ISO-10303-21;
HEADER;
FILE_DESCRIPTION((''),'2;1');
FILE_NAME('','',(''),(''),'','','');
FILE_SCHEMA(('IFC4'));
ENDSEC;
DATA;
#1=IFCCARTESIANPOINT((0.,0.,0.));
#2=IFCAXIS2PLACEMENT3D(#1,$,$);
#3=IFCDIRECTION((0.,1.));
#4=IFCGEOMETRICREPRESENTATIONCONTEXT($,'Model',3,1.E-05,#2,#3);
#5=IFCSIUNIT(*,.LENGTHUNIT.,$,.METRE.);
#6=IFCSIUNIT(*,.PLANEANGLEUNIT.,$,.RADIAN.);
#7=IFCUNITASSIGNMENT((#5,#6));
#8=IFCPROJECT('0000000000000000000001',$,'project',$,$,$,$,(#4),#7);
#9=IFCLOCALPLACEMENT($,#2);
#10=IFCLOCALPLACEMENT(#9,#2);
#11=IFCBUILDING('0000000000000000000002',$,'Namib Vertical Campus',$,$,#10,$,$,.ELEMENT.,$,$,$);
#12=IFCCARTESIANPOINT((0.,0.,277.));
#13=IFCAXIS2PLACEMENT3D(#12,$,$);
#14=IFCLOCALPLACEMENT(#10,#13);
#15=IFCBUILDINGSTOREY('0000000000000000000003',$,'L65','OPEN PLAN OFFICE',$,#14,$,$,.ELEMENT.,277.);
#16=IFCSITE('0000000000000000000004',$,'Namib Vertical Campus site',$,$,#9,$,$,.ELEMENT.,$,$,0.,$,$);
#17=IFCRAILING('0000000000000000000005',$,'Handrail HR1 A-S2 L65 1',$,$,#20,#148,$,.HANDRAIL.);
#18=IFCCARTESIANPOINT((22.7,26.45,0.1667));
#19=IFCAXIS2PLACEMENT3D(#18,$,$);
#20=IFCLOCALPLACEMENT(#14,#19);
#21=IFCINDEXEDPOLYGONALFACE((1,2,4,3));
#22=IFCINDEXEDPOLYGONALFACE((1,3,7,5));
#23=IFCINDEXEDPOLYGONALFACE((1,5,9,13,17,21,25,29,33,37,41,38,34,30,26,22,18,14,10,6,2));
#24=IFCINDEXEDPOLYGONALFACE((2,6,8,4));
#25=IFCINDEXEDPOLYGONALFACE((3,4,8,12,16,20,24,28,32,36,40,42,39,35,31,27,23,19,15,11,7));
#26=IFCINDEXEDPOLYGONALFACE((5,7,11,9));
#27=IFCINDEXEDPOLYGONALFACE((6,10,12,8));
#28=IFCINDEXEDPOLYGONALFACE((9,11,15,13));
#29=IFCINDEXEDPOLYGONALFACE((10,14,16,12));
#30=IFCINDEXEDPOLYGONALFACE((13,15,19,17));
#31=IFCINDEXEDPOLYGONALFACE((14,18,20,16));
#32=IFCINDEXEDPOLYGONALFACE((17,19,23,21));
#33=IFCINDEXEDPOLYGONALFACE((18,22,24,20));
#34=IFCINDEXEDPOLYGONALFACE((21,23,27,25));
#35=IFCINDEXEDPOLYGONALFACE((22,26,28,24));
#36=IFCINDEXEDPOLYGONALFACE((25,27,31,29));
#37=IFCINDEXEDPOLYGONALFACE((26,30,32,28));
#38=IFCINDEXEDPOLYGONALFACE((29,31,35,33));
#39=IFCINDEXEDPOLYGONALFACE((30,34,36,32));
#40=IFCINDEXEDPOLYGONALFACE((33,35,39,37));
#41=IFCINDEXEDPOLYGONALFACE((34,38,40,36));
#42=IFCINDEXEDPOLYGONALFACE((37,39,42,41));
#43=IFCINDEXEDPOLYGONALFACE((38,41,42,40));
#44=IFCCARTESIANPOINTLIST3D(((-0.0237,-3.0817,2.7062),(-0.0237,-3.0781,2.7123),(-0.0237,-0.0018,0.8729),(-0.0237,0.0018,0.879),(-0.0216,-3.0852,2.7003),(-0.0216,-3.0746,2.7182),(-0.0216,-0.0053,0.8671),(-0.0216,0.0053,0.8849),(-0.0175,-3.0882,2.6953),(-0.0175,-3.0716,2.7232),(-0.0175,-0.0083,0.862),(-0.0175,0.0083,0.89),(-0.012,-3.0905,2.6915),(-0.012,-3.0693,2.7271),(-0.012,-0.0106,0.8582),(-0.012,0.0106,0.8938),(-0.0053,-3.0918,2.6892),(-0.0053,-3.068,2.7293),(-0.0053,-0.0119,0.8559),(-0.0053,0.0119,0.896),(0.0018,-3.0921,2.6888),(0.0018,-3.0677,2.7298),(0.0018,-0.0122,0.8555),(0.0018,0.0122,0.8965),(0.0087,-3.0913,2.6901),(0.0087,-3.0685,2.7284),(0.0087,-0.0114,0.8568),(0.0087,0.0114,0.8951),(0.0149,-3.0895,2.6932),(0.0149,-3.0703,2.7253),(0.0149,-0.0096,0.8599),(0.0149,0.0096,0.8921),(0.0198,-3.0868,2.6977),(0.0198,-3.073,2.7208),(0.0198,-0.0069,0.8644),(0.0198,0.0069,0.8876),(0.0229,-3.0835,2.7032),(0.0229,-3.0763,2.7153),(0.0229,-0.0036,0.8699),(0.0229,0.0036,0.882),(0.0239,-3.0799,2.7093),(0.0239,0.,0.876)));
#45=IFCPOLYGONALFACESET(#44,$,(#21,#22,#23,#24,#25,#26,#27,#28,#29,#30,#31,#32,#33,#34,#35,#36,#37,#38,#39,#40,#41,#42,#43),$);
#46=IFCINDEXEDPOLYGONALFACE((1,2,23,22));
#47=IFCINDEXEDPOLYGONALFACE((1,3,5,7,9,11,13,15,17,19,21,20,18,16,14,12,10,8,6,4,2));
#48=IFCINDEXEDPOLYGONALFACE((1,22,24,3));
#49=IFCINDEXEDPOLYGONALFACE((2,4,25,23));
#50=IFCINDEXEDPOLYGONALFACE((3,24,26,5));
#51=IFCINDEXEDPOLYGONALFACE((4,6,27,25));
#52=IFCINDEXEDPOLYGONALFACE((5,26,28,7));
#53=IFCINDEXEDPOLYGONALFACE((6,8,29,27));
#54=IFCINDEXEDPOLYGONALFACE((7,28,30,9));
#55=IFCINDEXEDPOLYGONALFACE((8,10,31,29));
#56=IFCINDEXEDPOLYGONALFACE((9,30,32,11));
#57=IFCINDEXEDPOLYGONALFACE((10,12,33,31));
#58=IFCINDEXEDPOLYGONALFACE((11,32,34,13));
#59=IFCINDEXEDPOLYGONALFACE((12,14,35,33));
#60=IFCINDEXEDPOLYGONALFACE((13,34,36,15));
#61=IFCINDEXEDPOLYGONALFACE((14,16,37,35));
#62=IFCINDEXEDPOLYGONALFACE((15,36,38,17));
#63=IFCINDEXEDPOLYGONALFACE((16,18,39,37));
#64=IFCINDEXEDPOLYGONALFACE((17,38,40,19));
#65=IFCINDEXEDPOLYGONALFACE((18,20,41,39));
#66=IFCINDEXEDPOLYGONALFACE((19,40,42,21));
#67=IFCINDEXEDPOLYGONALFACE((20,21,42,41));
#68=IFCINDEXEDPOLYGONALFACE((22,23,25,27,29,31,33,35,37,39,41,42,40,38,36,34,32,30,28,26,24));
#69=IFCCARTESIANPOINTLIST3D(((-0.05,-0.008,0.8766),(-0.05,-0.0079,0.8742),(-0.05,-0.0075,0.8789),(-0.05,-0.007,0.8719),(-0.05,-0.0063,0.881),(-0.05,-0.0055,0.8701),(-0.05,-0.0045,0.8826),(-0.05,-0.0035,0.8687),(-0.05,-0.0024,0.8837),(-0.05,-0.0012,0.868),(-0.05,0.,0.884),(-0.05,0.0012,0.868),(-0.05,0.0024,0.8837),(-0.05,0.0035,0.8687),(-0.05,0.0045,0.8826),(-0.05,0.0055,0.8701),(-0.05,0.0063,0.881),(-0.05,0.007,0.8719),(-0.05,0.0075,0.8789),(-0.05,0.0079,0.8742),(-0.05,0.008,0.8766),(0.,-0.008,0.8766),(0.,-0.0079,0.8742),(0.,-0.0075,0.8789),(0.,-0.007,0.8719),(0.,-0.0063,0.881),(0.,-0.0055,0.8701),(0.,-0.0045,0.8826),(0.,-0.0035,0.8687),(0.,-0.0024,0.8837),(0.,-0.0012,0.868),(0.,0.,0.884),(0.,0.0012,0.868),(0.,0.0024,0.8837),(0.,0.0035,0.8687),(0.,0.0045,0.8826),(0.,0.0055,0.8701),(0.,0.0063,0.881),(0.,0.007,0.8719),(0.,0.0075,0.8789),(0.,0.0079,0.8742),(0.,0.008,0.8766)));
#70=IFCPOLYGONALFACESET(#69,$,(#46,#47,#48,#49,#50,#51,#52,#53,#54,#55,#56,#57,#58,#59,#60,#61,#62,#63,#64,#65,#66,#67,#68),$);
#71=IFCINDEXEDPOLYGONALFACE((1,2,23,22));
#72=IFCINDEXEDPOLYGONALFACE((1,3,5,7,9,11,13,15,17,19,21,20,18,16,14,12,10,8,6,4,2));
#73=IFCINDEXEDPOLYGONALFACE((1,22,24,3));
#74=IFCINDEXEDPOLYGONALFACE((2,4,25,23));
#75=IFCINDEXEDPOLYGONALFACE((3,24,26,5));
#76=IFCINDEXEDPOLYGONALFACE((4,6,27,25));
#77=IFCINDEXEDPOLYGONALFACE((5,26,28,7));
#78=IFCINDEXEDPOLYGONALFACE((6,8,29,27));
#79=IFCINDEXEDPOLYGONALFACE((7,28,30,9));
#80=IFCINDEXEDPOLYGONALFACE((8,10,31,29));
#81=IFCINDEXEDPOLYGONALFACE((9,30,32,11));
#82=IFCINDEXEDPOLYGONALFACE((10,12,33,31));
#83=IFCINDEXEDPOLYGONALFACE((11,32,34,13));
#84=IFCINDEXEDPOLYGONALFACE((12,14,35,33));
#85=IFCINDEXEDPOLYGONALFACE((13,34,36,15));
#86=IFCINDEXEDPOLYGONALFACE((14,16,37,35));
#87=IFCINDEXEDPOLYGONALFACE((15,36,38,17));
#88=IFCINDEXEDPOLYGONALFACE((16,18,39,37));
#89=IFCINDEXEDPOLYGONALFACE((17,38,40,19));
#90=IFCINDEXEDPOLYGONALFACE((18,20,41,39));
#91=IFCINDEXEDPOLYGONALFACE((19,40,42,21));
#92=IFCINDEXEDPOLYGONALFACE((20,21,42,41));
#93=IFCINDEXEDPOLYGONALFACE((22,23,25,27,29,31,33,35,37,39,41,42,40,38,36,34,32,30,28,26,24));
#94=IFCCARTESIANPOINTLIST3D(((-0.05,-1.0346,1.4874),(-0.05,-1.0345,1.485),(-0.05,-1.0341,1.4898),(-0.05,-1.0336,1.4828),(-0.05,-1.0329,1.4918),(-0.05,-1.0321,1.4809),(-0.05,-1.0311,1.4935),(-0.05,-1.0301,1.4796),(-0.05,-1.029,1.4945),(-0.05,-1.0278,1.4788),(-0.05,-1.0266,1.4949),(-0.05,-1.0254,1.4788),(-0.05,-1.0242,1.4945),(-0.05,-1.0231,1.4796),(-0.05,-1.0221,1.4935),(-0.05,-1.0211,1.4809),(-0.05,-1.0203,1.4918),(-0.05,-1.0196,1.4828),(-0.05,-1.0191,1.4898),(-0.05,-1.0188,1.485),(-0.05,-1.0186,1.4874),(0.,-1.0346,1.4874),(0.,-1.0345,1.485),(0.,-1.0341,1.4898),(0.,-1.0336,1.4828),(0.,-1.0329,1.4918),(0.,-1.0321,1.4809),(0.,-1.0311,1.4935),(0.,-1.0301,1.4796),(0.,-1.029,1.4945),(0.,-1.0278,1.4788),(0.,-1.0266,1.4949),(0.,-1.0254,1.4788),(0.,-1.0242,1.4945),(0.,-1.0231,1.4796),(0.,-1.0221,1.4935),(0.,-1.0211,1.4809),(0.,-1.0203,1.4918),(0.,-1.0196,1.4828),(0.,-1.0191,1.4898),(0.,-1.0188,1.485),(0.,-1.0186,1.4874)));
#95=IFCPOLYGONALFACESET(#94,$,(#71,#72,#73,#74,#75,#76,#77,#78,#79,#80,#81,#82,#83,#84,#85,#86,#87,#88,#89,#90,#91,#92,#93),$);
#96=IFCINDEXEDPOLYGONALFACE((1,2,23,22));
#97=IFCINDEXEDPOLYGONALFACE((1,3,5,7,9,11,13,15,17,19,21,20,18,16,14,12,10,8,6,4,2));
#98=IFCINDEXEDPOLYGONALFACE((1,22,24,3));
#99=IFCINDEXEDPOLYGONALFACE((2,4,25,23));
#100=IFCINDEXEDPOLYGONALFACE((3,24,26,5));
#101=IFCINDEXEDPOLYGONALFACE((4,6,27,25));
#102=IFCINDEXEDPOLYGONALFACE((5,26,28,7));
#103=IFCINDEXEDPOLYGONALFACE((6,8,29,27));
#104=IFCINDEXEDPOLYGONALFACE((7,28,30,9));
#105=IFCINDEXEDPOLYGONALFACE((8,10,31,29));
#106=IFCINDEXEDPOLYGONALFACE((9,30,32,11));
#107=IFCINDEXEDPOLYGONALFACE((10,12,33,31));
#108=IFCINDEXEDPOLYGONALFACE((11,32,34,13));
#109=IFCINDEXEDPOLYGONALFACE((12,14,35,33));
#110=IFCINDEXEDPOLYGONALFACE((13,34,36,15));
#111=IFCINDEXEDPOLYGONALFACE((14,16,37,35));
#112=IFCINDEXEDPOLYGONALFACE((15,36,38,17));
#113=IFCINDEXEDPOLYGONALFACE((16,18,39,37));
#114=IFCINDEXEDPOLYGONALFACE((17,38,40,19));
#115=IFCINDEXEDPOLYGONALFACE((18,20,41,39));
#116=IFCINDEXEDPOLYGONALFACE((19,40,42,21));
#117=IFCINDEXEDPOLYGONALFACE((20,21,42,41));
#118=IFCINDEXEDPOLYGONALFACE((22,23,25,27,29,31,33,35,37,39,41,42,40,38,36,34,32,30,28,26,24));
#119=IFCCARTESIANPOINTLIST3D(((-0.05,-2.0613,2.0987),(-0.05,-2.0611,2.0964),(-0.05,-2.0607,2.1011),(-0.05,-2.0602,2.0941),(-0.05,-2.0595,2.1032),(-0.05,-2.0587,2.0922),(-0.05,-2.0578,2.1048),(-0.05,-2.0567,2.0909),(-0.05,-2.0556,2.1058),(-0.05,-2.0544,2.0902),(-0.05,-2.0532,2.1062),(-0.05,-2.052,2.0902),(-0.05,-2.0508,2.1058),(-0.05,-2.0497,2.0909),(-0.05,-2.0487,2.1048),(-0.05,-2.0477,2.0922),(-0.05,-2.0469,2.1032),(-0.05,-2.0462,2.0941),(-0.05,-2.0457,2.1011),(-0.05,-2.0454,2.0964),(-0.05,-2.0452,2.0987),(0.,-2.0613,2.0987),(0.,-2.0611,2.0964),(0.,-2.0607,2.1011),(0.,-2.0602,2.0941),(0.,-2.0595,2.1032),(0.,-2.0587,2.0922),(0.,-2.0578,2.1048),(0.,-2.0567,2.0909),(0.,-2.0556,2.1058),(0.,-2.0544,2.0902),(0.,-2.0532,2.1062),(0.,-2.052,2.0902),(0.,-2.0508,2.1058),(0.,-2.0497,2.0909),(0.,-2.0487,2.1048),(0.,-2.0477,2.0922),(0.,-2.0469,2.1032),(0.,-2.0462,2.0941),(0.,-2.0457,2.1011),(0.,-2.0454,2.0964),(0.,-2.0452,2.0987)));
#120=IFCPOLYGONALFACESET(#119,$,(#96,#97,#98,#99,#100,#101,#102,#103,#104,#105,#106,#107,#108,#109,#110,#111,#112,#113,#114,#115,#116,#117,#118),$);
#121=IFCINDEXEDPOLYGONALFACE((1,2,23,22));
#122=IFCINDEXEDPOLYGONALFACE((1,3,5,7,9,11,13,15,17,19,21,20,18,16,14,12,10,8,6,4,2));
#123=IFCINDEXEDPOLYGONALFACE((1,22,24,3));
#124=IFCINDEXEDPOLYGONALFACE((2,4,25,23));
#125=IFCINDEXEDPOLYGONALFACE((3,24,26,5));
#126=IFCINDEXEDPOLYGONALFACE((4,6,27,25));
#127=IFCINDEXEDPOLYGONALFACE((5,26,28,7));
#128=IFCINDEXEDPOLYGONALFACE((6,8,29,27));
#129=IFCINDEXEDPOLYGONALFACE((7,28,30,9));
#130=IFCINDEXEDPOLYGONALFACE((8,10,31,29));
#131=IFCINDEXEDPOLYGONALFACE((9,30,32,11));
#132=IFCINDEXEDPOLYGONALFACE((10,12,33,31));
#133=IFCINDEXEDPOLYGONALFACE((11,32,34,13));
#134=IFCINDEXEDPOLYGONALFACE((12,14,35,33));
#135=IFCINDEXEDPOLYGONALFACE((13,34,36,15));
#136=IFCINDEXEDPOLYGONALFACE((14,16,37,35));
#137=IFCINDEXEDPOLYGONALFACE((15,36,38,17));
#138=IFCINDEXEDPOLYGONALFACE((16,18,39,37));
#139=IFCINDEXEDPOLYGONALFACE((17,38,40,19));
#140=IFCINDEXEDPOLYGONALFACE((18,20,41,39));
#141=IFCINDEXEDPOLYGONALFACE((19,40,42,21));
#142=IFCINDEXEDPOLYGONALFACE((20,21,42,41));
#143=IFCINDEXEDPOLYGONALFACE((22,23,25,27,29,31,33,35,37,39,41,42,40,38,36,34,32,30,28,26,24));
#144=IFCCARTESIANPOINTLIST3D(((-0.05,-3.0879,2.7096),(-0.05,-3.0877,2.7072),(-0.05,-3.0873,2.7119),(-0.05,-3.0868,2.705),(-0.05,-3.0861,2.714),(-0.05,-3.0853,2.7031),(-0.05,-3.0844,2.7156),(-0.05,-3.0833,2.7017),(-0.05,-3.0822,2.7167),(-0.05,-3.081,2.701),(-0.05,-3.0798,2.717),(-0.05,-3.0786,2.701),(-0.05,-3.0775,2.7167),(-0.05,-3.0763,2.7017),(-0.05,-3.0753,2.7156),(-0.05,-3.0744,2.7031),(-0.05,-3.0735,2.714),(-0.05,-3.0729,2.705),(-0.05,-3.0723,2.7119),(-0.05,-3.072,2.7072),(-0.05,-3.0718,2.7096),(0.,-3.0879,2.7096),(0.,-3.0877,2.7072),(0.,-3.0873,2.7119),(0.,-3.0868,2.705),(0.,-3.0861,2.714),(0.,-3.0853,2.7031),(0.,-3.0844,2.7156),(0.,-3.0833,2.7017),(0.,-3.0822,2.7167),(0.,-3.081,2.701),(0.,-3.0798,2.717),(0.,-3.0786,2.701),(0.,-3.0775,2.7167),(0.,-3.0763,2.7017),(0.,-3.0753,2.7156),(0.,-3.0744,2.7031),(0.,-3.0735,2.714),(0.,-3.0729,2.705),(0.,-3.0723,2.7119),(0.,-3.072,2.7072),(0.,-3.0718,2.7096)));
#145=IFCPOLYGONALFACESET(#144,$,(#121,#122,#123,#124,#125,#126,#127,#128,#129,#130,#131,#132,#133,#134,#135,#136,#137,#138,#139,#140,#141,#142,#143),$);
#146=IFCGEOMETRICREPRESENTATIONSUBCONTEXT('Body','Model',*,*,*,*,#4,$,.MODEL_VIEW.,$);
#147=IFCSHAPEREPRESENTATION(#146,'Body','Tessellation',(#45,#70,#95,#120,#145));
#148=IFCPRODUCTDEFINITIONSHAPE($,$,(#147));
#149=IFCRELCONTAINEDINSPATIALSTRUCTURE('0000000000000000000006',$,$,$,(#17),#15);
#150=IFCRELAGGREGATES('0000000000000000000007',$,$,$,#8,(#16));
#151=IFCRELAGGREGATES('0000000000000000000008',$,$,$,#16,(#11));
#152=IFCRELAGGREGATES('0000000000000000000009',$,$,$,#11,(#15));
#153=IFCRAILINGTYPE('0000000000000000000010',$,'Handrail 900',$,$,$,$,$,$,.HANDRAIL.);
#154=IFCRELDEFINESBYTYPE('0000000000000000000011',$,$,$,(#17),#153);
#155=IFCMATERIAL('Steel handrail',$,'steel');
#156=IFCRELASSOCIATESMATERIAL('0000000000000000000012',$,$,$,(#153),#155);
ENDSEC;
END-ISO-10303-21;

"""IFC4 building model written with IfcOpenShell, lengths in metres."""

from ifc_helpers import new_model, si_unit, direction, frame, origin, origin_2d, place, context, subcontext, project, spatial, circle, extrude, material, type_object, element, save


model = new_model("IFC4")

# Units and contexts
model_context = context("Model", 3, precision=1e-05, world=origin(), true_north=direction((0.0, 1.0)))
body_context = subcontext(model_context, "Body", "Model", "MODEL_VIEW")
ifc_project = project(units=[si_unit("LENGTHUNIT", "METRE"), si_unit("PLANEANGLEUNIT", "RADIAN")], contexts=[model_context])

# Site, building, storey
site_placement = place(None, origin())
site = spatial("IfcSite", under=ifc_project, at=site_placement, Name="Namib Vertical Campus site", CompositionType="ELEMENT", RefElevation=0.0)
building_placement = place(site_placement, origin())
building = spatial("IfcBuilding", under=site, at=building_placement, Name="Namib Vertical Campus", CompositionType="ELEMENT")
storey_placement = place(building_placement, frame((0.0, 0.0, 277.0)))
storey = spatial("IfcBuildingStorey", under=building, at=storey_placement, Name="L65", Description="OPEN PLAN OFFICE", CompositionType="ELEMENT", Elevation=277.0)

# Railing
ifc_material_1 = material(Name="Steel handrail", Category="steel")
railing_type_1 = type_object("IfcRailingType", Name="Handrail 900", PredefinedType="HANDRAIL", material=ifc_material_1)
railing_1_placement = place(storey_placement, frame((22.7, 26.45, 0.1667)))
element("IfcRailing", 1, at=railing_1_placement, inside=storey, type_object=railing_type_1, Name="Handrail HR1 A-S2 L65 1", PredefinedType="HANDRAIL", context=body_context, shape_type="SweptSolid", body=[
    extrude(circle(Radius=0.0239, at=origin_2d()), frame((0.0, 0.0, 0.876), z_axis=(0.0, -0.859291, 0.511487), x_axis=(1.0, 0.0, 0.0)), (0.0, 0.0, 1.0), 3.5842),
    extrude(circle(Radius=0.0081, at=origin_2d()), frame((0.0, 0.0, 0.876), z_axis=(-1.0, 0.0, 0.0), x_axis=(0.0, 0.0, 1.0)), (0.0, 0.0, 1.0), 0.05),
    extrude(circle(Radius=0.0081, at=origin_2d()), frame((0.0, -1.0266, 1.4868), z_axis=(-1.0, 0.0, 0.0), x_axis=(0.0, 0.0, 1.0)), (0.0, 0.0, 1.0), 0.05),
    extrude(circle(Radius=0.0081, at=origin_2d()), frame((0.0, -2.0532, 2.0981), z_axis=(-1.0, 0.0, 0.0), x_axis=(0.0, 0.0, 1.0)), (0.0, 0.0, 1.0), 0.05),
    extrude(circle(Radius=0.0081, at=origin_2d()), frame((0.0, -3.0798, 2.709), z_axis=(-1.0, 0.0, 0.0), x_axis=(0.0, 0.0, 1.0)), (0.0, 0.0, 1.0), 0.05),
])

save(model, "model.ifc")
